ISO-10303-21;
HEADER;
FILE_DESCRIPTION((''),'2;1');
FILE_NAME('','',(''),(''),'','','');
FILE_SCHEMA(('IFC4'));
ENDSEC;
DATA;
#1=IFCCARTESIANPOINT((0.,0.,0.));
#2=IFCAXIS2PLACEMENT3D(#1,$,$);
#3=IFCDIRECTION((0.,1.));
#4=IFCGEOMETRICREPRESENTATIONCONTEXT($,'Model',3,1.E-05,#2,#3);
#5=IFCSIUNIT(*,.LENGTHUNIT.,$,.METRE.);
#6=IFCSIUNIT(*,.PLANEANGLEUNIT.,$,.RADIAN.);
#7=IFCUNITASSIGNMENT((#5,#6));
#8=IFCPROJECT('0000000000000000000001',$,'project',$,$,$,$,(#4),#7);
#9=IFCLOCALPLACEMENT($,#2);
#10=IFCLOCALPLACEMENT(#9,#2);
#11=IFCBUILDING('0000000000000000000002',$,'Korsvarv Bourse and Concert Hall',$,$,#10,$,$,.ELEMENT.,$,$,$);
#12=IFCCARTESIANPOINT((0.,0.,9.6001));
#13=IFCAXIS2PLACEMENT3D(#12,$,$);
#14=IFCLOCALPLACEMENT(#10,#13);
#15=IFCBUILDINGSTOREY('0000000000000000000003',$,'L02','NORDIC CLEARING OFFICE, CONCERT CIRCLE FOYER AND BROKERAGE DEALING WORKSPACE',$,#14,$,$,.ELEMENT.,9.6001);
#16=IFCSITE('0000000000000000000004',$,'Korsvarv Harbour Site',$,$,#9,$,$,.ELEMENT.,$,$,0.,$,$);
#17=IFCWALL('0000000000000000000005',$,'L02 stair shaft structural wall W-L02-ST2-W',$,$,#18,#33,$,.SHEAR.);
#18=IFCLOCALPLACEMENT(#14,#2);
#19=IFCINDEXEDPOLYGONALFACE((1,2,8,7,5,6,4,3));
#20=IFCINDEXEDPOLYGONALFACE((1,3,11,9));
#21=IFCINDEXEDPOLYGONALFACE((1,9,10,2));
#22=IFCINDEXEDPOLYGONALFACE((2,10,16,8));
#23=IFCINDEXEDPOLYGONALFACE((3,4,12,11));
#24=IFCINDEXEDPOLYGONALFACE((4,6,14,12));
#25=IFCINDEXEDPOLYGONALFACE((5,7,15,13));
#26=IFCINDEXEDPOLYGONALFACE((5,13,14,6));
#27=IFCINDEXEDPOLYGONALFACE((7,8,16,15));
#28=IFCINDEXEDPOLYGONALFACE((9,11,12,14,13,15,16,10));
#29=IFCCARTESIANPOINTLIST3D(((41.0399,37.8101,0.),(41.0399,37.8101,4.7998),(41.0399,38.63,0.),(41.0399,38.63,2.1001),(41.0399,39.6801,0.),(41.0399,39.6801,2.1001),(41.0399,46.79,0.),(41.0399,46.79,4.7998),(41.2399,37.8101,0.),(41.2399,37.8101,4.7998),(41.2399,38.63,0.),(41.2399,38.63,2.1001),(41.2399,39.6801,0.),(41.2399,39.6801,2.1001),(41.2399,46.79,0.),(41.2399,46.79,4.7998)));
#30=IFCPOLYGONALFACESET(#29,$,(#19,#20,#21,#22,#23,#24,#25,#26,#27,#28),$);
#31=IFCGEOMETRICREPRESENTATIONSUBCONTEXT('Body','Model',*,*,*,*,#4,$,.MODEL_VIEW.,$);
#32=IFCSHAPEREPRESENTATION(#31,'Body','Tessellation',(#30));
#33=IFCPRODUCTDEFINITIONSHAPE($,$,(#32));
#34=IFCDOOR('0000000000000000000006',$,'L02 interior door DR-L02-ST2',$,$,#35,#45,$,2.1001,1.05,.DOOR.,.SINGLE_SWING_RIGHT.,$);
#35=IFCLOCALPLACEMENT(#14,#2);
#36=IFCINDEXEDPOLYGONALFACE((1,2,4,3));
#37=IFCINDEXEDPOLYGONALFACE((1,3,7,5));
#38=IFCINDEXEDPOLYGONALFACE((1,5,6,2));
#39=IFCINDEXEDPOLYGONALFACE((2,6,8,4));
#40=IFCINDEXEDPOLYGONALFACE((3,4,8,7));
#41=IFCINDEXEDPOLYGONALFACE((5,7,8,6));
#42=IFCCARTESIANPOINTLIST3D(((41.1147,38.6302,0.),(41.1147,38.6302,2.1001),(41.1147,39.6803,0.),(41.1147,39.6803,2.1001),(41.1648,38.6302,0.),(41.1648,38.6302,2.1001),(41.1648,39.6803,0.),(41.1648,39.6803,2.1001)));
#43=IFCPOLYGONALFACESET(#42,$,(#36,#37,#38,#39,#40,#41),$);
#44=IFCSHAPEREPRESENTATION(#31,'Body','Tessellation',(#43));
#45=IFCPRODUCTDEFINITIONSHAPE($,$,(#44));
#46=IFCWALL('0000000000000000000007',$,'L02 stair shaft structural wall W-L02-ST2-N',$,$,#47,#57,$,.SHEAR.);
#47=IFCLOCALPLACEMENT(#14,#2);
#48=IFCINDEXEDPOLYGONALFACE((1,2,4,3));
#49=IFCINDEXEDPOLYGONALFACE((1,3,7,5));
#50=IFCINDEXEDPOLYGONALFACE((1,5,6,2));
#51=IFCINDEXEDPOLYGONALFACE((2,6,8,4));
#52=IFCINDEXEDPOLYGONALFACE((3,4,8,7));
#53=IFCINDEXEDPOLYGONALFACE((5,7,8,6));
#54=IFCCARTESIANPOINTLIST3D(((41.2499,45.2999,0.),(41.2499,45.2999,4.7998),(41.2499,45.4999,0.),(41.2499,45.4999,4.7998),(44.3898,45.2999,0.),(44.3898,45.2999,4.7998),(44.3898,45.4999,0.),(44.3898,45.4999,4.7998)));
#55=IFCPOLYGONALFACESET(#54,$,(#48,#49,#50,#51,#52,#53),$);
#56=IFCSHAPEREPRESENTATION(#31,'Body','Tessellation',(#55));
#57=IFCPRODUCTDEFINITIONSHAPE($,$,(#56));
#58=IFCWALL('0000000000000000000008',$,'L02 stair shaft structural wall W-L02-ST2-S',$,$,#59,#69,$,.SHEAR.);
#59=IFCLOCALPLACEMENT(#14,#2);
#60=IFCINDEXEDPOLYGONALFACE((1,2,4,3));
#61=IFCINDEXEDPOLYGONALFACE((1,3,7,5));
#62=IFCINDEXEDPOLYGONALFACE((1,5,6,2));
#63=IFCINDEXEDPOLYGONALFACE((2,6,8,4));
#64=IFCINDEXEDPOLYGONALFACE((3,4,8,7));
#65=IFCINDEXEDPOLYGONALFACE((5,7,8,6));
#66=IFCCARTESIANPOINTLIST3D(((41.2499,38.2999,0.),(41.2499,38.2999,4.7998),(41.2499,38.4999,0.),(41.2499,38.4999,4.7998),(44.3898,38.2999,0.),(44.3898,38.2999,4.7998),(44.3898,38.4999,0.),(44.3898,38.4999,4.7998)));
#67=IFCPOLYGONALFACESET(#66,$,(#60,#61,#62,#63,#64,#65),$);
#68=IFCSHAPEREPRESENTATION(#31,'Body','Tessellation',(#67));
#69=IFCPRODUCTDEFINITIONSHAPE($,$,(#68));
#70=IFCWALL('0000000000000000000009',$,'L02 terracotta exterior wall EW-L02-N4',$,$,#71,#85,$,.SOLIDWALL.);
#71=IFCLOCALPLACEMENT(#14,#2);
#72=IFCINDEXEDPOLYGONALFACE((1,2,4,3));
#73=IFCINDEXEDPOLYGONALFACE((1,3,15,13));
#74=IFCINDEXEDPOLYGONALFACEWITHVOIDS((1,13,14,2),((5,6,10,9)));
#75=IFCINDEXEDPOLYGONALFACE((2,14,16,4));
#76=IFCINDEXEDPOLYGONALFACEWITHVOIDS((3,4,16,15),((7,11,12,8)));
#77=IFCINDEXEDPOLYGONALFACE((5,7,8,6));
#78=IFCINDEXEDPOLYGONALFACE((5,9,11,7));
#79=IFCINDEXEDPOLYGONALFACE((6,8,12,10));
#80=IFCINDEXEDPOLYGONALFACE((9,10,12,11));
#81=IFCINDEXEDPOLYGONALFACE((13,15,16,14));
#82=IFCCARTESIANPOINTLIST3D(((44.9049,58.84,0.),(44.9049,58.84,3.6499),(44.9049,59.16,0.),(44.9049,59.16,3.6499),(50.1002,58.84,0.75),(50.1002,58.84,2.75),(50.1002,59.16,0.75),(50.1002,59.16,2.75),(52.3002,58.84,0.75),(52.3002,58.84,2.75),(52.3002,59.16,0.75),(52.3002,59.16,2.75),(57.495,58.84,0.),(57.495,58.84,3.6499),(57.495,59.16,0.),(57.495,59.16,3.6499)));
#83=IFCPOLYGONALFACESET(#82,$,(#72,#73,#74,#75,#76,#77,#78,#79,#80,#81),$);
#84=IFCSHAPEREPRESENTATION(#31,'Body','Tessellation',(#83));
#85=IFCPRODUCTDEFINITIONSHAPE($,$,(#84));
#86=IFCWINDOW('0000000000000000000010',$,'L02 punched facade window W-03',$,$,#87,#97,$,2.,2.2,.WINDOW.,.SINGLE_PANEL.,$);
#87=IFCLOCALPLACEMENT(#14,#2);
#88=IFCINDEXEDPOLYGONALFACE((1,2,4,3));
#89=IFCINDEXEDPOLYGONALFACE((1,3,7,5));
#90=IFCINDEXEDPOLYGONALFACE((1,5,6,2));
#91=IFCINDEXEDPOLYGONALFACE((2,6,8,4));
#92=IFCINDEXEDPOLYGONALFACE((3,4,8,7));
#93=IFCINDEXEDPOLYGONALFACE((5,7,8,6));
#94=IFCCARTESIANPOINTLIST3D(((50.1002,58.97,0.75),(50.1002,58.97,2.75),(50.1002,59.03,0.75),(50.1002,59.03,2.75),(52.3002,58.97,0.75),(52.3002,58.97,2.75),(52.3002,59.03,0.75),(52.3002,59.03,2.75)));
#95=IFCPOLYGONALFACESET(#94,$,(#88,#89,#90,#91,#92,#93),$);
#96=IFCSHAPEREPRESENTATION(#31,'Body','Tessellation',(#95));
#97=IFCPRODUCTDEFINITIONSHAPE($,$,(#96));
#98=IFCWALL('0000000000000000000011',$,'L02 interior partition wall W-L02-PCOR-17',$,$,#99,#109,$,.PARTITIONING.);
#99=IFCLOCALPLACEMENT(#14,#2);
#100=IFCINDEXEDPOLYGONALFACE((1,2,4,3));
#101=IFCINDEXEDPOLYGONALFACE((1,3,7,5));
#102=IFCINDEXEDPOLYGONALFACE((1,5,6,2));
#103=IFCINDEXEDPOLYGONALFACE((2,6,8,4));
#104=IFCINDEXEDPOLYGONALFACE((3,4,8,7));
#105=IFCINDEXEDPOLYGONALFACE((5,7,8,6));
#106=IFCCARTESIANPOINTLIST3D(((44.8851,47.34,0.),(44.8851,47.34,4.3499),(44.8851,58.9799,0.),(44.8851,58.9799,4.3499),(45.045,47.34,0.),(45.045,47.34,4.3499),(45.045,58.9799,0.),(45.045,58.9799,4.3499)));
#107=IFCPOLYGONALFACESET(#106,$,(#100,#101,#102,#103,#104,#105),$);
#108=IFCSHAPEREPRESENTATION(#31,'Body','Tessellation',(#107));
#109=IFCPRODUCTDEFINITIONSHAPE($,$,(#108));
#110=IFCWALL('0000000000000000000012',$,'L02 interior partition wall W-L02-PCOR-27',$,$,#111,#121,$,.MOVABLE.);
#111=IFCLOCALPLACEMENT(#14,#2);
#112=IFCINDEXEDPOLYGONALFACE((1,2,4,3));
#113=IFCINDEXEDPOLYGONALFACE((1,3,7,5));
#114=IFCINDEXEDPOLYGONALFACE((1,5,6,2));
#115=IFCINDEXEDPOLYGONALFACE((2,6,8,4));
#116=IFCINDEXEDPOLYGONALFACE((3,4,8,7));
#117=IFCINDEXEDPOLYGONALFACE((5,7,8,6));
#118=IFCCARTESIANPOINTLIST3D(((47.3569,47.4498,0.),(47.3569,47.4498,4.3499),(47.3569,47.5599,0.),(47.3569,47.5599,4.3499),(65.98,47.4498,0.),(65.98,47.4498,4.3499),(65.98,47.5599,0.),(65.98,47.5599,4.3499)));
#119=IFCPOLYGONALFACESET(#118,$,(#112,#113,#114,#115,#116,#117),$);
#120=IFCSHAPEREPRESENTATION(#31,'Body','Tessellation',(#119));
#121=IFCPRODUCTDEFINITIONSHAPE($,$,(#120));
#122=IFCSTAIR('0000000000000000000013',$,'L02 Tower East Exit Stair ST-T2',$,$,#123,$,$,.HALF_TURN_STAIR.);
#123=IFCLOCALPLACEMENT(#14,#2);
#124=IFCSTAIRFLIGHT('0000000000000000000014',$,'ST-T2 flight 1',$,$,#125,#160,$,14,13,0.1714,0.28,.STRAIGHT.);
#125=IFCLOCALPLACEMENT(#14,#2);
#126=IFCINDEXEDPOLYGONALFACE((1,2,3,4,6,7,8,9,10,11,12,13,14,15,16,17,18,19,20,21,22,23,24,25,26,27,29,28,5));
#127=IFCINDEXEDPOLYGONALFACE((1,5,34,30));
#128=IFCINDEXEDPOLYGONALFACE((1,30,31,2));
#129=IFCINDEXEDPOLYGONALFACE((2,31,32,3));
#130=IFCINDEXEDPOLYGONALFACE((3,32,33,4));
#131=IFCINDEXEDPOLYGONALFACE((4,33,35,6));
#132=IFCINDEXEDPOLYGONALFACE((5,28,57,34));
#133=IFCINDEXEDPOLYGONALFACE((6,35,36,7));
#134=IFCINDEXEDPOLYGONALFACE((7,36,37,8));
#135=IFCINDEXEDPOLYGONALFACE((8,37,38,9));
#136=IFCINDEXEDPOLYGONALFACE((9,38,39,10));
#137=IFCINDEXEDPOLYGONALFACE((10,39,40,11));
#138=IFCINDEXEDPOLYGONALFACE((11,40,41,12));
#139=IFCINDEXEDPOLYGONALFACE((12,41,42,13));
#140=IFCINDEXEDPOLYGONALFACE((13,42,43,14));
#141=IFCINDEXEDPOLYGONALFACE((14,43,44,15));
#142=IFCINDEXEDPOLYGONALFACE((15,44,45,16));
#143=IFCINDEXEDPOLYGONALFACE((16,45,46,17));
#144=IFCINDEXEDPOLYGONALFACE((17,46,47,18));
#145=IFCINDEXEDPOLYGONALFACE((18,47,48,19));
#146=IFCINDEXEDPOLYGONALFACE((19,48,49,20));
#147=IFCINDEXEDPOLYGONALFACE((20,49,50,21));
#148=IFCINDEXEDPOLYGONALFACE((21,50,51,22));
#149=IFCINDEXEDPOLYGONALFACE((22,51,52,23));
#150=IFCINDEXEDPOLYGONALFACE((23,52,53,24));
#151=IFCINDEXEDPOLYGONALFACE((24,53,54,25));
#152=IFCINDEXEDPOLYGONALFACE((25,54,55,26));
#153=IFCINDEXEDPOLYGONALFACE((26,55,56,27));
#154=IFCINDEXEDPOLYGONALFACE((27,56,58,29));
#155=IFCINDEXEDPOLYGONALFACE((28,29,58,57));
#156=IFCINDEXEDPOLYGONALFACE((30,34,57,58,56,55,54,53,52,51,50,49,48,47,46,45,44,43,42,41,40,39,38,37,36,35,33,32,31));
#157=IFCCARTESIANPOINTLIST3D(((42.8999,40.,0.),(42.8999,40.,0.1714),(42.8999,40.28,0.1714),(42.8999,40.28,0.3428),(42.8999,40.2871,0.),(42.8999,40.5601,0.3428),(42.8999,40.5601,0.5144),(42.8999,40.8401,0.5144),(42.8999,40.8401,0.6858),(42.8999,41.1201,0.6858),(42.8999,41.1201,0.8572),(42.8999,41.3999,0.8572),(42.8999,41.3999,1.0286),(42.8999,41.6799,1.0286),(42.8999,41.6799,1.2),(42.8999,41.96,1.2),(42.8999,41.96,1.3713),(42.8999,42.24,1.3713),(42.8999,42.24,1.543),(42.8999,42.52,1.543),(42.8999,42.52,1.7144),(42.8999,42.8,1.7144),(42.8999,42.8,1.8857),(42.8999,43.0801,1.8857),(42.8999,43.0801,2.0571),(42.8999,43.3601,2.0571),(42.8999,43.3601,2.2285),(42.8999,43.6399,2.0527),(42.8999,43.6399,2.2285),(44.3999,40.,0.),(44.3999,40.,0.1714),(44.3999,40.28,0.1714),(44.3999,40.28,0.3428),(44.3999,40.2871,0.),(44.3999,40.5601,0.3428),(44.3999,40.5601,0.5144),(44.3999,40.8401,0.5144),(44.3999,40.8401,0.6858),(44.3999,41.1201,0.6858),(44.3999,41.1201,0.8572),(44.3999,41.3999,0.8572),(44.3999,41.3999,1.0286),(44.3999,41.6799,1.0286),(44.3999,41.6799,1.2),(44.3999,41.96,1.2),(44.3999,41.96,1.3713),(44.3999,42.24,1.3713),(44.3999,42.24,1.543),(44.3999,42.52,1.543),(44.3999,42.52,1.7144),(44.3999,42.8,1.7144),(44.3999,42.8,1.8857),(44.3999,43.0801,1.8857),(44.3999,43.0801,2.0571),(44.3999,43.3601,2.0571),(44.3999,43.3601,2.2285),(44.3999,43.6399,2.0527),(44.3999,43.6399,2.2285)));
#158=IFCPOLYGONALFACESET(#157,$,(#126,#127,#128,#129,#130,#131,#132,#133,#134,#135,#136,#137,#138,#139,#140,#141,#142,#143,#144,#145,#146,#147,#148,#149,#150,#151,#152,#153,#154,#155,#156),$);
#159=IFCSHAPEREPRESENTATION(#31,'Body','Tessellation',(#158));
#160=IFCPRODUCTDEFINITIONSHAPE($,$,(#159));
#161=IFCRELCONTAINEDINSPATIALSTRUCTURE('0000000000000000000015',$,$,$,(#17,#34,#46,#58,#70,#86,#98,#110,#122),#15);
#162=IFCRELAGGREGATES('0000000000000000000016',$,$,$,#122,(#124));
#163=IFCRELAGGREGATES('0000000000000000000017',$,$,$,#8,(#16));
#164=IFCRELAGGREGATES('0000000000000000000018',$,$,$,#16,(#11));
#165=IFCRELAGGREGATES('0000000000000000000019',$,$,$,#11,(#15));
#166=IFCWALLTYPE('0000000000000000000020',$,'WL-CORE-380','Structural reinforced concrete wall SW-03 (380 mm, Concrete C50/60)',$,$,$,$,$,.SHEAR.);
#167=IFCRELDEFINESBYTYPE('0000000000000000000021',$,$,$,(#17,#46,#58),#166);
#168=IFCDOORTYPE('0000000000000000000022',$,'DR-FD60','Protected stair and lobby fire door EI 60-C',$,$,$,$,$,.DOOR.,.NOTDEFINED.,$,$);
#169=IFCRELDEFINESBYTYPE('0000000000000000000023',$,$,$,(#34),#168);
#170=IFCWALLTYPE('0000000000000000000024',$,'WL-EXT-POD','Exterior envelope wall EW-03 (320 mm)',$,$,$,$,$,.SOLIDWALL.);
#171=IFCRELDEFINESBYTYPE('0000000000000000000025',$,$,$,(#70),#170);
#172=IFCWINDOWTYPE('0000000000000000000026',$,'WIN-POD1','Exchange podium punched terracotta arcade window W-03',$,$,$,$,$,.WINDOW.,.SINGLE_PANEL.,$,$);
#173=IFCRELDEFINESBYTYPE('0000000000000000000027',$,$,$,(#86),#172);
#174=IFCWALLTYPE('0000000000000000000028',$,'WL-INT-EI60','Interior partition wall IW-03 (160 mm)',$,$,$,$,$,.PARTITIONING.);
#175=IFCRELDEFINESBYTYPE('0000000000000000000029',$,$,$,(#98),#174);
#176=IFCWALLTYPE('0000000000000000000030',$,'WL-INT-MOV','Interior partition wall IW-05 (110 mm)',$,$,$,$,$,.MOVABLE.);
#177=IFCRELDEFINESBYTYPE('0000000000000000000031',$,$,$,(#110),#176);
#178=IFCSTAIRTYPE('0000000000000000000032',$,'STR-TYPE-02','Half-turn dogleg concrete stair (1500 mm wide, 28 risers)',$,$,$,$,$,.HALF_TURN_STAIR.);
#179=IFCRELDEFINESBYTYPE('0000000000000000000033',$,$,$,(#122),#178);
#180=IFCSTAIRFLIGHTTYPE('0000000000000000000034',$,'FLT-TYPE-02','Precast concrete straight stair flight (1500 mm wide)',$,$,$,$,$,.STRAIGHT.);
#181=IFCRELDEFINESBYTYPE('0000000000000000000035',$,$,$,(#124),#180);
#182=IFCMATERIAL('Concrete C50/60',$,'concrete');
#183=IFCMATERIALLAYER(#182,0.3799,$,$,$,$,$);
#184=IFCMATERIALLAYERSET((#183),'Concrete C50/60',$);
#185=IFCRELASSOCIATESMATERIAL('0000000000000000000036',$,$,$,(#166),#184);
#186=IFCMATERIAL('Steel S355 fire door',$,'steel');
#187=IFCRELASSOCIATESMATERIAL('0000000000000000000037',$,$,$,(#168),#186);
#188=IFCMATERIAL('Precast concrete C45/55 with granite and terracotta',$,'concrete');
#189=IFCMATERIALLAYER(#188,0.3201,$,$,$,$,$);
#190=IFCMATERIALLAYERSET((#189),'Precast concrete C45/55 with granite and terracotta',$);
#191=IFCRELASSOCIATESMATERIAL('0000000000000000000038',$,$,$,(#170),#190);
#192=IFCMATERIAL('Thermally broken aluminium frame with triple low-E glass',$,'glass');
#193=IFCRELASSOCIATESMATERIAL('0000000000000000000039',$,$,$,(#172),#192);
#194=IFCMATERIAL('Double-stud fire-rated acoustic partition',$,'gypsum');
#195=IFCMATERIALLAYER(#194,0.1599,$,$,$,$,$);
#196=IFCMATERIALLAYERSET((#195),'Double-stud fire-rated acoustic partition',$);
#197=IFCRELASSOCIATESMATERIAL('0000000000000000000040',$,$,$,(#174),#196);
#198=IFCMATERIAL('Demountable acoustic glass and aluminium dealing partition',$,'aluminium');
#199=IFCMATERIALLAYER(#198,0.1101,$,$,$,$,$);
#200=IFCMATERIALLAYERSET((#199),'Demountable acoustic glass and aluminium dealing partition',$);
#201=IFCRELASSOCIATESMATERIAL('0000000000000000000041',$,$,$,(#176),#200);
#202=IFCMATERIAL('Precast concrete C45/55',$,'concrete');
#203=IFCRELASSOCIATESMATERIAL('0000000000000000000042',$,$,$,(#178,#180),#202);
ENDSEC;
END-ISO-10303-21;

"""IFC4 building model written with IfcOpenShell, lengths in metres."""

from ifc_helpers import new_model, si_unit, direction, frame, frame_2d, origin, place, context, subcontext, project, spatial, polyline, rectangle, outline, extrude, material, layer, layer_set, type_object, element, fill, aggregate, save


model = new_model("IFC4")

# Units and contexts
model_context = context("Model", 3, precision=1e-05, world=origin(), true_north=direction((0.0, 1.0)))
body_context = subcontext(model_context, "Body", "Model", "MODEL_VIEW")
ifc_project = project(units=[si_unit("LENGTHUNIT", "METRE"), si_unit("PLANEANGLEUNIT", "RADIAN")], contexts=[model_context])

# Site, building, storey
site_placement = place(None, origin())
site = spatial("IfcSite", under=ifc_project, at=site_placement, Name="Korsvarv Harbour Site", CompositionType="ELEMENT", RefElevation=0.0)
building_placement = place(site_placement, origin())
building = spatial("IfcBuilding", under=site, at=building_placement, Name="Korsvarv Bourse and Concert Hall", CompositionType="ELEMENT")
storey_placement = place(building_placement, frame((0.0, 0.0, 9.6001)))
storey = spatial("IfcBuildingStorey", under=building, at=storey_placement, Name="L02", Description="NORDIC CLEARING OFFICE, CONCERT CIRCLE FOYER AND BROKERAGE DEALING WORKSPACE", CompositionType="ELEMENT", Elevation=9.6001)

# Wall, opening, door
ifc_material_1 = material(Name="Concrete C50/60", Category="concrete")
ifc_layer_1 = layer(ifc_material_1, 0.3799)
ifc_layer_set_1 = layer_set([ifc_layer_1], Name="Concrete C50/60")
wall_type_1 = type_object("IfcWallType", Name="WL-CORE-380", Description="Structural reinforced concrete wall SW-03 (380 mm, Concrete C50/60)", PredefinedType="SHEAR", material=ifc_layer_set_1)
wall_1_placement = place(storey_placement, frame((41.1399, 37.8101, 0.0), z_axis=(0.0, 0.0, 1.0), x_axis=(0.0, 1.0, 0.0)))
wall_1 = element("IfcWall", 1, at=wall_1_placement, inside=storey, type_object=wall_type_1, Name="L02 stair shaft structural wall W-L02-ST2-W", PredefinedType="SHEAR", context=body_context, shape_type="SweptSolid", body=[
    extrude(rectangle(XDim=8.98, YDim=0.2, at=frame_2d((4.49, 0.0))), origin(), (0.0, 0.0, 1.0), 4.7998),
])
opening_1_placement = place(wall_1_placement, frame((0.8201, 0.0, 0.0)))
opening_1 = element("IfcOpeningElement", 2, at=opening_1_placement, cuts=wall_1, PredefinedType="OPENING", context=body_context, shape_type="SweptSolid", body=[
    extrude(rectangle(XDim=1.05, YDim=2.1001, at=frame_2d((0.5249, 1.05))), frame((0.0, 0.1099, 0.0), z_axis=(0.0, -1.0, 0.0), x_axis=(1.0, 0.0, 0.0)), (0.0, 0.0, 1.0), 0.22),
])
ifc_material_2 = material(Name="Steel S355 fire door", Category="steel")
door_type = type_object("IfcDoorType", Name="DR-FD60", Description="Protected stair and lobby fire door EI 60-C", OperationType="NOTDEFINED", PredefinedType="DOOR", material=ifc_material_2)
door_placement = place(opening_1_placement, frame((1.05, 0.0, 0.0), z_axis=(0.0, 0.0, 1.0), x_axis=(-1.0, 0.0, 0.0)))
door = element("IfcDoor", 3, at=door_placement, inside=storey, type_object=door_type, Name="L02 interior door DR-L02-ST2", OperationType="SINGLE_SWING_RIGHT", OverallHeight=2.1001, OverallWidth=1.05, PredefinedType="DOOR", context=body_context, shape_type="SweptSolid", body=[
    extrude(rectangle(XDim=1.05, YDim=2.1001, at=frame_2d((0.5249, 1.05))), frame((0.0, 0.0249, 0.0), z_axis=(0.0, -1.0, 0.0), x_axis=(1.0, 0.0, 0.0)), (0.0, 0.0, 1.0), 0.05),
])
fill(opening_1, door)

# Walls
for number, where, z_axis, x_axis, name in (
    (4, (41.25, 45.3999, 0.0), (0.0, 0.0, 1.0), (1.0, 0.0, 0.0), "L02 stair shaft structural wall W-L02-ST2-N"),
    (5, (41.25, 38.3999, 0.0), (0.0, 0.0, 1.0), (1.0, 0.0, 0.0), "L02 stair shaft structural wall W-L02-ST2-S"),
):
    element("IfcWall", number, at=place(storey_placement, frame(where, z_axis=z_axis, x_axis=x_axis)), inside=storey, type_object=wall_type_1, Name=name, PredefinedType="SHEAR", context=body_context, shape_type="SweptSolid", body=[
        extrude(rectangle(XDim=3.1399, YDim=0.2, at=frame_2d((1.5698, 0.0))), origin(), (0.0, 0.0, 1.0), 4.7998),
    ])

# Wall, opening, window
ifc_material_3 = material(Name="Precast concrete C45/55 with granite and terracotta", Category="concrete")
ifc_layer_2 = layer(ifc_material_3, 0.3201)
ifc_layer_set_2 = layer_set([ifc_layer_2], Name="Precast concrete C45/55 with granite and terracotta")
wall_type_2 = type_object("IfcWallType", Name="WL-EXT-POD", Description="Exterior envelope wall EW-03 (320 mm)", PredefinedType="SOLIDWALL", material=ifc_layer_set_2)
wall_2_placement = place(storey_placement, frame((44.905, 59.0, 0.0), z_axis=(0.0, 0.0, 1.0), x_axis=(1.0, 0.0, 0.0)))
wall_2 = element("IfcWall", 6, at=wall_2_placement, inside=storey, type_object=wall_type_2, Name="L02 terracotta exterior wall EW-L02-N4", PredefinedType="SOLIDWALL", context=body_context, shape_type="SweptSolid", body=[
    extrude(rectangle(XDim=12.5901, YDim=0.3201, at=frame_2d((6.2949, 0.0))), origin(), (0.0, 0.0, 1.0), 3.6499),
])
opening_2_placement = place(wall_2_placement, frame((5.1951, 0.0, 0.75)))
opening_2 = element("IfcOpeningElement", 7, at=opening_2_placement, cuts=wall_2, PredefinedType="OPENING", context=body_context, shape_type="SweptSolid", body=[
    extrude(rectangle(XDim=2.2, YDim=2.0, at=frame_2d((1.1001, 1.0))), frame((0.0, 0.1699, 0.0), z_axis=(0.0, -1.0, 0.0), x_axis=(1.0, 0.0, 0.0)), (0.0, 0.0, 1.0), 0.3401),
])
ifc_material_4 = material(Name="Thermally broken aluminium frame with triple low-E glass", Category="glass")
window_type = type_object("IfcWindowType", Name="WIN-POD1", Description="Exchange podium punched terracotta arcade window W-03", PartitioningType="SINGLE_PANEL", PredefinedType="WINDOW", material=ifc_material_4)
window_placement = place(opening_2_placement, origin())
window = element("IfcWindow", 8, at=window_placement, inside=storey, type_object=window_type, Name="L02 punched facade window W-03", OverallHeight=2.0, OverallWidth=2.2, PartitioningType="SINGLE_PANEL", PredefinedType="WINDOW", context=body_context, shape_type="SweptSolid", body=[
    extrude(rectangle(XDim=2.2, YDim=2.0, at=frame_2d((1.1001, 1.0))), frame((0.0, 0.03, 0.0), z_axis=(0.0, -1.0, 0.0), x_axis=(1.0, 0.0, 0.0)), (0.0, 0.0, 1.0), 0.0601),
])
fill(opening_2, window)

# Walls
ifc_material_5 = material(Name="Double-stud fire-rated acoustic partition", Category="gypsum")
ifc_layer_3 = layer(ifc_material_5, 0.1599)
ifc_layer_set_3 = layer_set([ifc_layer_3], Name="Double-stud fire-rated acoustic partition")
wall_type_3 = type_object("IfcWallType", Name="WL-INT-EI60", Description="Interior partition wall IW-03 (160 mm)", PredefinedType="PARTITIONING", material=ifc_layer_set_3)
wall_3_placement = place(storey_placement, frame((44.9651, 47.3401, 0.0), z_axis=(0.0, 0.0, 1.0), x_axis=(0.0, 1.0, 0.0)))
element("IfcWall", 9, at=wall_3_placement, inside=storey, type_object=wall_type_3, Name="L02 interior partition wall W-L02-PCOR-17", PredefinedType="PARTITIONING", context=body_context, shape_type="SweptSolid", body=[
    extrude(rectangle(XDim=11.6399, YDim=0.1599, at=frame_2d((5.8198, 0.0))), origin(), (0.0, 0.0, 1.0), 4.3499),
])
ifc_material_6 = material(Name="Demountable acoustic glass and aluminium dealing partition", Category="aluminium")
ifc_layer_4 = layer(ifc_material_6, 0.1101)
ifc_layer_set_4 = layer_set([ifc_layer_4], Name="Demountable acoustic glass and aluminium dealing partition")
wall_type_4 = type_object("IfcWallType", Name="WL-INT-MOV", Description="Interior partition wall IW-05 (110 mm)", PredefinedType="MOVABLE", material=ifc_layer_set_4)
wall_4_placement = place(storey_placement, frame((47.3569, 47.5049, 0.0), z_axis=(0.0, 0.0, 1.0), x_axis=(1.0, 0.0, 0.0)))
element("IfcWall", 10, at=wall_4_placement, inside=storey, type_object=wall_type_4, Name="L02 interior partition wall W-L02-PCOR-27", PredefinedType="MOVABLE", context=body_context, shape_type="SweptSolid", body=[
    extrude(rectangle(XDim=18.623, YDim=0.1101, at=frame_2d((9.3115, 0.0))), origin(), (0.0, 0.0, 1.0), 4.3499),
])

# Stair, stair flight
ifc_material_7 = material(Name="Precast concrete C45/55", Category="concrete")
stair_type = type_object("IfcStairType", Name="STR-TYPE-02", Description="Half-turn dogleg concrete stair (1500 mm wide, 28 risers)", PredefinedType="HALF_TURN_STAIR", material=ifc_material_7)
stair_placement = place(storey_placement, origin())
stair = element("IfcStair", 11, at=stair_placement, inside=storey, type_object=stair_type, Name="L02 Tower East Exit Stair ST-T2", PredefinedType="HALF_TURN_STAIR")
stair_flight_type = type_object("IfcStairFlightType", Name="FLT-TYPE-02", Description="Precast concrete straight stair flight (1500 mm wide)", PredefinedType="STRAIGHT", material=ifc_material_7)
stair_flight_1_placement = place(storey_placement, frame((43.6499, 40.0, 0.0), z_axis=(0.0, 0.0, 1.0), x_axis=(0.0, 1.0, 0.0)))
stair_flight_1 = element("IfcStairFlight", 12, at=stair_flight_1_placement, type_object=stair_flight_type, Name="ST-T2 flight 1", NumberOfRisers=14, NumberOfTreads=13, PredefinedType="STRAIGHT", RiserHeight=0.1714, TreadLength=0.28, context=body_context, shape_type="SweptSolid", body=[
    extrude(outline(polyline([(0.0, 0.0), (0.0, 0.1714), (0.28, 0.1714), (0.28, 0.3428), (0.5601, 0.3428), (0.5601, 0.5144), (0.8401, 0.5144), (0.8401, 0.6858), (1.1201, 0.6858), (1.1201, 0.8572), (1.3999, 0.8572), (1.3999, 1.0286), (1.6799, 1.0286), (1.6799, 1.2), (1.96, 1.2), (1.96, 1.3713), (2.24, 1.3713), (2.24, 1.543), (2.52, 1.543), (2.52, 1.7144), (2.8, 1.7144), (2.8, 1.8857), (3.0801, 1.8857), (3.0801, 2.0571), (3.3601, 2.0571), (3.3601, 2.2285), (3.6399, 2.2285), (3.6399, 2.3999), (3.6399, 2.0527), (0.2871, 0.0), (0.0, 0.0)])), frame((0.0, 0.75, 0.0), z_axis=(0.0, -1.0, 0.0), x_axis=(1.0, 0.0, 0.0)), (0.0, 0.0, 1.0), 1.5),
])
aggregate(stair, [stair_flight_1])

save(model, "model.ifc")
